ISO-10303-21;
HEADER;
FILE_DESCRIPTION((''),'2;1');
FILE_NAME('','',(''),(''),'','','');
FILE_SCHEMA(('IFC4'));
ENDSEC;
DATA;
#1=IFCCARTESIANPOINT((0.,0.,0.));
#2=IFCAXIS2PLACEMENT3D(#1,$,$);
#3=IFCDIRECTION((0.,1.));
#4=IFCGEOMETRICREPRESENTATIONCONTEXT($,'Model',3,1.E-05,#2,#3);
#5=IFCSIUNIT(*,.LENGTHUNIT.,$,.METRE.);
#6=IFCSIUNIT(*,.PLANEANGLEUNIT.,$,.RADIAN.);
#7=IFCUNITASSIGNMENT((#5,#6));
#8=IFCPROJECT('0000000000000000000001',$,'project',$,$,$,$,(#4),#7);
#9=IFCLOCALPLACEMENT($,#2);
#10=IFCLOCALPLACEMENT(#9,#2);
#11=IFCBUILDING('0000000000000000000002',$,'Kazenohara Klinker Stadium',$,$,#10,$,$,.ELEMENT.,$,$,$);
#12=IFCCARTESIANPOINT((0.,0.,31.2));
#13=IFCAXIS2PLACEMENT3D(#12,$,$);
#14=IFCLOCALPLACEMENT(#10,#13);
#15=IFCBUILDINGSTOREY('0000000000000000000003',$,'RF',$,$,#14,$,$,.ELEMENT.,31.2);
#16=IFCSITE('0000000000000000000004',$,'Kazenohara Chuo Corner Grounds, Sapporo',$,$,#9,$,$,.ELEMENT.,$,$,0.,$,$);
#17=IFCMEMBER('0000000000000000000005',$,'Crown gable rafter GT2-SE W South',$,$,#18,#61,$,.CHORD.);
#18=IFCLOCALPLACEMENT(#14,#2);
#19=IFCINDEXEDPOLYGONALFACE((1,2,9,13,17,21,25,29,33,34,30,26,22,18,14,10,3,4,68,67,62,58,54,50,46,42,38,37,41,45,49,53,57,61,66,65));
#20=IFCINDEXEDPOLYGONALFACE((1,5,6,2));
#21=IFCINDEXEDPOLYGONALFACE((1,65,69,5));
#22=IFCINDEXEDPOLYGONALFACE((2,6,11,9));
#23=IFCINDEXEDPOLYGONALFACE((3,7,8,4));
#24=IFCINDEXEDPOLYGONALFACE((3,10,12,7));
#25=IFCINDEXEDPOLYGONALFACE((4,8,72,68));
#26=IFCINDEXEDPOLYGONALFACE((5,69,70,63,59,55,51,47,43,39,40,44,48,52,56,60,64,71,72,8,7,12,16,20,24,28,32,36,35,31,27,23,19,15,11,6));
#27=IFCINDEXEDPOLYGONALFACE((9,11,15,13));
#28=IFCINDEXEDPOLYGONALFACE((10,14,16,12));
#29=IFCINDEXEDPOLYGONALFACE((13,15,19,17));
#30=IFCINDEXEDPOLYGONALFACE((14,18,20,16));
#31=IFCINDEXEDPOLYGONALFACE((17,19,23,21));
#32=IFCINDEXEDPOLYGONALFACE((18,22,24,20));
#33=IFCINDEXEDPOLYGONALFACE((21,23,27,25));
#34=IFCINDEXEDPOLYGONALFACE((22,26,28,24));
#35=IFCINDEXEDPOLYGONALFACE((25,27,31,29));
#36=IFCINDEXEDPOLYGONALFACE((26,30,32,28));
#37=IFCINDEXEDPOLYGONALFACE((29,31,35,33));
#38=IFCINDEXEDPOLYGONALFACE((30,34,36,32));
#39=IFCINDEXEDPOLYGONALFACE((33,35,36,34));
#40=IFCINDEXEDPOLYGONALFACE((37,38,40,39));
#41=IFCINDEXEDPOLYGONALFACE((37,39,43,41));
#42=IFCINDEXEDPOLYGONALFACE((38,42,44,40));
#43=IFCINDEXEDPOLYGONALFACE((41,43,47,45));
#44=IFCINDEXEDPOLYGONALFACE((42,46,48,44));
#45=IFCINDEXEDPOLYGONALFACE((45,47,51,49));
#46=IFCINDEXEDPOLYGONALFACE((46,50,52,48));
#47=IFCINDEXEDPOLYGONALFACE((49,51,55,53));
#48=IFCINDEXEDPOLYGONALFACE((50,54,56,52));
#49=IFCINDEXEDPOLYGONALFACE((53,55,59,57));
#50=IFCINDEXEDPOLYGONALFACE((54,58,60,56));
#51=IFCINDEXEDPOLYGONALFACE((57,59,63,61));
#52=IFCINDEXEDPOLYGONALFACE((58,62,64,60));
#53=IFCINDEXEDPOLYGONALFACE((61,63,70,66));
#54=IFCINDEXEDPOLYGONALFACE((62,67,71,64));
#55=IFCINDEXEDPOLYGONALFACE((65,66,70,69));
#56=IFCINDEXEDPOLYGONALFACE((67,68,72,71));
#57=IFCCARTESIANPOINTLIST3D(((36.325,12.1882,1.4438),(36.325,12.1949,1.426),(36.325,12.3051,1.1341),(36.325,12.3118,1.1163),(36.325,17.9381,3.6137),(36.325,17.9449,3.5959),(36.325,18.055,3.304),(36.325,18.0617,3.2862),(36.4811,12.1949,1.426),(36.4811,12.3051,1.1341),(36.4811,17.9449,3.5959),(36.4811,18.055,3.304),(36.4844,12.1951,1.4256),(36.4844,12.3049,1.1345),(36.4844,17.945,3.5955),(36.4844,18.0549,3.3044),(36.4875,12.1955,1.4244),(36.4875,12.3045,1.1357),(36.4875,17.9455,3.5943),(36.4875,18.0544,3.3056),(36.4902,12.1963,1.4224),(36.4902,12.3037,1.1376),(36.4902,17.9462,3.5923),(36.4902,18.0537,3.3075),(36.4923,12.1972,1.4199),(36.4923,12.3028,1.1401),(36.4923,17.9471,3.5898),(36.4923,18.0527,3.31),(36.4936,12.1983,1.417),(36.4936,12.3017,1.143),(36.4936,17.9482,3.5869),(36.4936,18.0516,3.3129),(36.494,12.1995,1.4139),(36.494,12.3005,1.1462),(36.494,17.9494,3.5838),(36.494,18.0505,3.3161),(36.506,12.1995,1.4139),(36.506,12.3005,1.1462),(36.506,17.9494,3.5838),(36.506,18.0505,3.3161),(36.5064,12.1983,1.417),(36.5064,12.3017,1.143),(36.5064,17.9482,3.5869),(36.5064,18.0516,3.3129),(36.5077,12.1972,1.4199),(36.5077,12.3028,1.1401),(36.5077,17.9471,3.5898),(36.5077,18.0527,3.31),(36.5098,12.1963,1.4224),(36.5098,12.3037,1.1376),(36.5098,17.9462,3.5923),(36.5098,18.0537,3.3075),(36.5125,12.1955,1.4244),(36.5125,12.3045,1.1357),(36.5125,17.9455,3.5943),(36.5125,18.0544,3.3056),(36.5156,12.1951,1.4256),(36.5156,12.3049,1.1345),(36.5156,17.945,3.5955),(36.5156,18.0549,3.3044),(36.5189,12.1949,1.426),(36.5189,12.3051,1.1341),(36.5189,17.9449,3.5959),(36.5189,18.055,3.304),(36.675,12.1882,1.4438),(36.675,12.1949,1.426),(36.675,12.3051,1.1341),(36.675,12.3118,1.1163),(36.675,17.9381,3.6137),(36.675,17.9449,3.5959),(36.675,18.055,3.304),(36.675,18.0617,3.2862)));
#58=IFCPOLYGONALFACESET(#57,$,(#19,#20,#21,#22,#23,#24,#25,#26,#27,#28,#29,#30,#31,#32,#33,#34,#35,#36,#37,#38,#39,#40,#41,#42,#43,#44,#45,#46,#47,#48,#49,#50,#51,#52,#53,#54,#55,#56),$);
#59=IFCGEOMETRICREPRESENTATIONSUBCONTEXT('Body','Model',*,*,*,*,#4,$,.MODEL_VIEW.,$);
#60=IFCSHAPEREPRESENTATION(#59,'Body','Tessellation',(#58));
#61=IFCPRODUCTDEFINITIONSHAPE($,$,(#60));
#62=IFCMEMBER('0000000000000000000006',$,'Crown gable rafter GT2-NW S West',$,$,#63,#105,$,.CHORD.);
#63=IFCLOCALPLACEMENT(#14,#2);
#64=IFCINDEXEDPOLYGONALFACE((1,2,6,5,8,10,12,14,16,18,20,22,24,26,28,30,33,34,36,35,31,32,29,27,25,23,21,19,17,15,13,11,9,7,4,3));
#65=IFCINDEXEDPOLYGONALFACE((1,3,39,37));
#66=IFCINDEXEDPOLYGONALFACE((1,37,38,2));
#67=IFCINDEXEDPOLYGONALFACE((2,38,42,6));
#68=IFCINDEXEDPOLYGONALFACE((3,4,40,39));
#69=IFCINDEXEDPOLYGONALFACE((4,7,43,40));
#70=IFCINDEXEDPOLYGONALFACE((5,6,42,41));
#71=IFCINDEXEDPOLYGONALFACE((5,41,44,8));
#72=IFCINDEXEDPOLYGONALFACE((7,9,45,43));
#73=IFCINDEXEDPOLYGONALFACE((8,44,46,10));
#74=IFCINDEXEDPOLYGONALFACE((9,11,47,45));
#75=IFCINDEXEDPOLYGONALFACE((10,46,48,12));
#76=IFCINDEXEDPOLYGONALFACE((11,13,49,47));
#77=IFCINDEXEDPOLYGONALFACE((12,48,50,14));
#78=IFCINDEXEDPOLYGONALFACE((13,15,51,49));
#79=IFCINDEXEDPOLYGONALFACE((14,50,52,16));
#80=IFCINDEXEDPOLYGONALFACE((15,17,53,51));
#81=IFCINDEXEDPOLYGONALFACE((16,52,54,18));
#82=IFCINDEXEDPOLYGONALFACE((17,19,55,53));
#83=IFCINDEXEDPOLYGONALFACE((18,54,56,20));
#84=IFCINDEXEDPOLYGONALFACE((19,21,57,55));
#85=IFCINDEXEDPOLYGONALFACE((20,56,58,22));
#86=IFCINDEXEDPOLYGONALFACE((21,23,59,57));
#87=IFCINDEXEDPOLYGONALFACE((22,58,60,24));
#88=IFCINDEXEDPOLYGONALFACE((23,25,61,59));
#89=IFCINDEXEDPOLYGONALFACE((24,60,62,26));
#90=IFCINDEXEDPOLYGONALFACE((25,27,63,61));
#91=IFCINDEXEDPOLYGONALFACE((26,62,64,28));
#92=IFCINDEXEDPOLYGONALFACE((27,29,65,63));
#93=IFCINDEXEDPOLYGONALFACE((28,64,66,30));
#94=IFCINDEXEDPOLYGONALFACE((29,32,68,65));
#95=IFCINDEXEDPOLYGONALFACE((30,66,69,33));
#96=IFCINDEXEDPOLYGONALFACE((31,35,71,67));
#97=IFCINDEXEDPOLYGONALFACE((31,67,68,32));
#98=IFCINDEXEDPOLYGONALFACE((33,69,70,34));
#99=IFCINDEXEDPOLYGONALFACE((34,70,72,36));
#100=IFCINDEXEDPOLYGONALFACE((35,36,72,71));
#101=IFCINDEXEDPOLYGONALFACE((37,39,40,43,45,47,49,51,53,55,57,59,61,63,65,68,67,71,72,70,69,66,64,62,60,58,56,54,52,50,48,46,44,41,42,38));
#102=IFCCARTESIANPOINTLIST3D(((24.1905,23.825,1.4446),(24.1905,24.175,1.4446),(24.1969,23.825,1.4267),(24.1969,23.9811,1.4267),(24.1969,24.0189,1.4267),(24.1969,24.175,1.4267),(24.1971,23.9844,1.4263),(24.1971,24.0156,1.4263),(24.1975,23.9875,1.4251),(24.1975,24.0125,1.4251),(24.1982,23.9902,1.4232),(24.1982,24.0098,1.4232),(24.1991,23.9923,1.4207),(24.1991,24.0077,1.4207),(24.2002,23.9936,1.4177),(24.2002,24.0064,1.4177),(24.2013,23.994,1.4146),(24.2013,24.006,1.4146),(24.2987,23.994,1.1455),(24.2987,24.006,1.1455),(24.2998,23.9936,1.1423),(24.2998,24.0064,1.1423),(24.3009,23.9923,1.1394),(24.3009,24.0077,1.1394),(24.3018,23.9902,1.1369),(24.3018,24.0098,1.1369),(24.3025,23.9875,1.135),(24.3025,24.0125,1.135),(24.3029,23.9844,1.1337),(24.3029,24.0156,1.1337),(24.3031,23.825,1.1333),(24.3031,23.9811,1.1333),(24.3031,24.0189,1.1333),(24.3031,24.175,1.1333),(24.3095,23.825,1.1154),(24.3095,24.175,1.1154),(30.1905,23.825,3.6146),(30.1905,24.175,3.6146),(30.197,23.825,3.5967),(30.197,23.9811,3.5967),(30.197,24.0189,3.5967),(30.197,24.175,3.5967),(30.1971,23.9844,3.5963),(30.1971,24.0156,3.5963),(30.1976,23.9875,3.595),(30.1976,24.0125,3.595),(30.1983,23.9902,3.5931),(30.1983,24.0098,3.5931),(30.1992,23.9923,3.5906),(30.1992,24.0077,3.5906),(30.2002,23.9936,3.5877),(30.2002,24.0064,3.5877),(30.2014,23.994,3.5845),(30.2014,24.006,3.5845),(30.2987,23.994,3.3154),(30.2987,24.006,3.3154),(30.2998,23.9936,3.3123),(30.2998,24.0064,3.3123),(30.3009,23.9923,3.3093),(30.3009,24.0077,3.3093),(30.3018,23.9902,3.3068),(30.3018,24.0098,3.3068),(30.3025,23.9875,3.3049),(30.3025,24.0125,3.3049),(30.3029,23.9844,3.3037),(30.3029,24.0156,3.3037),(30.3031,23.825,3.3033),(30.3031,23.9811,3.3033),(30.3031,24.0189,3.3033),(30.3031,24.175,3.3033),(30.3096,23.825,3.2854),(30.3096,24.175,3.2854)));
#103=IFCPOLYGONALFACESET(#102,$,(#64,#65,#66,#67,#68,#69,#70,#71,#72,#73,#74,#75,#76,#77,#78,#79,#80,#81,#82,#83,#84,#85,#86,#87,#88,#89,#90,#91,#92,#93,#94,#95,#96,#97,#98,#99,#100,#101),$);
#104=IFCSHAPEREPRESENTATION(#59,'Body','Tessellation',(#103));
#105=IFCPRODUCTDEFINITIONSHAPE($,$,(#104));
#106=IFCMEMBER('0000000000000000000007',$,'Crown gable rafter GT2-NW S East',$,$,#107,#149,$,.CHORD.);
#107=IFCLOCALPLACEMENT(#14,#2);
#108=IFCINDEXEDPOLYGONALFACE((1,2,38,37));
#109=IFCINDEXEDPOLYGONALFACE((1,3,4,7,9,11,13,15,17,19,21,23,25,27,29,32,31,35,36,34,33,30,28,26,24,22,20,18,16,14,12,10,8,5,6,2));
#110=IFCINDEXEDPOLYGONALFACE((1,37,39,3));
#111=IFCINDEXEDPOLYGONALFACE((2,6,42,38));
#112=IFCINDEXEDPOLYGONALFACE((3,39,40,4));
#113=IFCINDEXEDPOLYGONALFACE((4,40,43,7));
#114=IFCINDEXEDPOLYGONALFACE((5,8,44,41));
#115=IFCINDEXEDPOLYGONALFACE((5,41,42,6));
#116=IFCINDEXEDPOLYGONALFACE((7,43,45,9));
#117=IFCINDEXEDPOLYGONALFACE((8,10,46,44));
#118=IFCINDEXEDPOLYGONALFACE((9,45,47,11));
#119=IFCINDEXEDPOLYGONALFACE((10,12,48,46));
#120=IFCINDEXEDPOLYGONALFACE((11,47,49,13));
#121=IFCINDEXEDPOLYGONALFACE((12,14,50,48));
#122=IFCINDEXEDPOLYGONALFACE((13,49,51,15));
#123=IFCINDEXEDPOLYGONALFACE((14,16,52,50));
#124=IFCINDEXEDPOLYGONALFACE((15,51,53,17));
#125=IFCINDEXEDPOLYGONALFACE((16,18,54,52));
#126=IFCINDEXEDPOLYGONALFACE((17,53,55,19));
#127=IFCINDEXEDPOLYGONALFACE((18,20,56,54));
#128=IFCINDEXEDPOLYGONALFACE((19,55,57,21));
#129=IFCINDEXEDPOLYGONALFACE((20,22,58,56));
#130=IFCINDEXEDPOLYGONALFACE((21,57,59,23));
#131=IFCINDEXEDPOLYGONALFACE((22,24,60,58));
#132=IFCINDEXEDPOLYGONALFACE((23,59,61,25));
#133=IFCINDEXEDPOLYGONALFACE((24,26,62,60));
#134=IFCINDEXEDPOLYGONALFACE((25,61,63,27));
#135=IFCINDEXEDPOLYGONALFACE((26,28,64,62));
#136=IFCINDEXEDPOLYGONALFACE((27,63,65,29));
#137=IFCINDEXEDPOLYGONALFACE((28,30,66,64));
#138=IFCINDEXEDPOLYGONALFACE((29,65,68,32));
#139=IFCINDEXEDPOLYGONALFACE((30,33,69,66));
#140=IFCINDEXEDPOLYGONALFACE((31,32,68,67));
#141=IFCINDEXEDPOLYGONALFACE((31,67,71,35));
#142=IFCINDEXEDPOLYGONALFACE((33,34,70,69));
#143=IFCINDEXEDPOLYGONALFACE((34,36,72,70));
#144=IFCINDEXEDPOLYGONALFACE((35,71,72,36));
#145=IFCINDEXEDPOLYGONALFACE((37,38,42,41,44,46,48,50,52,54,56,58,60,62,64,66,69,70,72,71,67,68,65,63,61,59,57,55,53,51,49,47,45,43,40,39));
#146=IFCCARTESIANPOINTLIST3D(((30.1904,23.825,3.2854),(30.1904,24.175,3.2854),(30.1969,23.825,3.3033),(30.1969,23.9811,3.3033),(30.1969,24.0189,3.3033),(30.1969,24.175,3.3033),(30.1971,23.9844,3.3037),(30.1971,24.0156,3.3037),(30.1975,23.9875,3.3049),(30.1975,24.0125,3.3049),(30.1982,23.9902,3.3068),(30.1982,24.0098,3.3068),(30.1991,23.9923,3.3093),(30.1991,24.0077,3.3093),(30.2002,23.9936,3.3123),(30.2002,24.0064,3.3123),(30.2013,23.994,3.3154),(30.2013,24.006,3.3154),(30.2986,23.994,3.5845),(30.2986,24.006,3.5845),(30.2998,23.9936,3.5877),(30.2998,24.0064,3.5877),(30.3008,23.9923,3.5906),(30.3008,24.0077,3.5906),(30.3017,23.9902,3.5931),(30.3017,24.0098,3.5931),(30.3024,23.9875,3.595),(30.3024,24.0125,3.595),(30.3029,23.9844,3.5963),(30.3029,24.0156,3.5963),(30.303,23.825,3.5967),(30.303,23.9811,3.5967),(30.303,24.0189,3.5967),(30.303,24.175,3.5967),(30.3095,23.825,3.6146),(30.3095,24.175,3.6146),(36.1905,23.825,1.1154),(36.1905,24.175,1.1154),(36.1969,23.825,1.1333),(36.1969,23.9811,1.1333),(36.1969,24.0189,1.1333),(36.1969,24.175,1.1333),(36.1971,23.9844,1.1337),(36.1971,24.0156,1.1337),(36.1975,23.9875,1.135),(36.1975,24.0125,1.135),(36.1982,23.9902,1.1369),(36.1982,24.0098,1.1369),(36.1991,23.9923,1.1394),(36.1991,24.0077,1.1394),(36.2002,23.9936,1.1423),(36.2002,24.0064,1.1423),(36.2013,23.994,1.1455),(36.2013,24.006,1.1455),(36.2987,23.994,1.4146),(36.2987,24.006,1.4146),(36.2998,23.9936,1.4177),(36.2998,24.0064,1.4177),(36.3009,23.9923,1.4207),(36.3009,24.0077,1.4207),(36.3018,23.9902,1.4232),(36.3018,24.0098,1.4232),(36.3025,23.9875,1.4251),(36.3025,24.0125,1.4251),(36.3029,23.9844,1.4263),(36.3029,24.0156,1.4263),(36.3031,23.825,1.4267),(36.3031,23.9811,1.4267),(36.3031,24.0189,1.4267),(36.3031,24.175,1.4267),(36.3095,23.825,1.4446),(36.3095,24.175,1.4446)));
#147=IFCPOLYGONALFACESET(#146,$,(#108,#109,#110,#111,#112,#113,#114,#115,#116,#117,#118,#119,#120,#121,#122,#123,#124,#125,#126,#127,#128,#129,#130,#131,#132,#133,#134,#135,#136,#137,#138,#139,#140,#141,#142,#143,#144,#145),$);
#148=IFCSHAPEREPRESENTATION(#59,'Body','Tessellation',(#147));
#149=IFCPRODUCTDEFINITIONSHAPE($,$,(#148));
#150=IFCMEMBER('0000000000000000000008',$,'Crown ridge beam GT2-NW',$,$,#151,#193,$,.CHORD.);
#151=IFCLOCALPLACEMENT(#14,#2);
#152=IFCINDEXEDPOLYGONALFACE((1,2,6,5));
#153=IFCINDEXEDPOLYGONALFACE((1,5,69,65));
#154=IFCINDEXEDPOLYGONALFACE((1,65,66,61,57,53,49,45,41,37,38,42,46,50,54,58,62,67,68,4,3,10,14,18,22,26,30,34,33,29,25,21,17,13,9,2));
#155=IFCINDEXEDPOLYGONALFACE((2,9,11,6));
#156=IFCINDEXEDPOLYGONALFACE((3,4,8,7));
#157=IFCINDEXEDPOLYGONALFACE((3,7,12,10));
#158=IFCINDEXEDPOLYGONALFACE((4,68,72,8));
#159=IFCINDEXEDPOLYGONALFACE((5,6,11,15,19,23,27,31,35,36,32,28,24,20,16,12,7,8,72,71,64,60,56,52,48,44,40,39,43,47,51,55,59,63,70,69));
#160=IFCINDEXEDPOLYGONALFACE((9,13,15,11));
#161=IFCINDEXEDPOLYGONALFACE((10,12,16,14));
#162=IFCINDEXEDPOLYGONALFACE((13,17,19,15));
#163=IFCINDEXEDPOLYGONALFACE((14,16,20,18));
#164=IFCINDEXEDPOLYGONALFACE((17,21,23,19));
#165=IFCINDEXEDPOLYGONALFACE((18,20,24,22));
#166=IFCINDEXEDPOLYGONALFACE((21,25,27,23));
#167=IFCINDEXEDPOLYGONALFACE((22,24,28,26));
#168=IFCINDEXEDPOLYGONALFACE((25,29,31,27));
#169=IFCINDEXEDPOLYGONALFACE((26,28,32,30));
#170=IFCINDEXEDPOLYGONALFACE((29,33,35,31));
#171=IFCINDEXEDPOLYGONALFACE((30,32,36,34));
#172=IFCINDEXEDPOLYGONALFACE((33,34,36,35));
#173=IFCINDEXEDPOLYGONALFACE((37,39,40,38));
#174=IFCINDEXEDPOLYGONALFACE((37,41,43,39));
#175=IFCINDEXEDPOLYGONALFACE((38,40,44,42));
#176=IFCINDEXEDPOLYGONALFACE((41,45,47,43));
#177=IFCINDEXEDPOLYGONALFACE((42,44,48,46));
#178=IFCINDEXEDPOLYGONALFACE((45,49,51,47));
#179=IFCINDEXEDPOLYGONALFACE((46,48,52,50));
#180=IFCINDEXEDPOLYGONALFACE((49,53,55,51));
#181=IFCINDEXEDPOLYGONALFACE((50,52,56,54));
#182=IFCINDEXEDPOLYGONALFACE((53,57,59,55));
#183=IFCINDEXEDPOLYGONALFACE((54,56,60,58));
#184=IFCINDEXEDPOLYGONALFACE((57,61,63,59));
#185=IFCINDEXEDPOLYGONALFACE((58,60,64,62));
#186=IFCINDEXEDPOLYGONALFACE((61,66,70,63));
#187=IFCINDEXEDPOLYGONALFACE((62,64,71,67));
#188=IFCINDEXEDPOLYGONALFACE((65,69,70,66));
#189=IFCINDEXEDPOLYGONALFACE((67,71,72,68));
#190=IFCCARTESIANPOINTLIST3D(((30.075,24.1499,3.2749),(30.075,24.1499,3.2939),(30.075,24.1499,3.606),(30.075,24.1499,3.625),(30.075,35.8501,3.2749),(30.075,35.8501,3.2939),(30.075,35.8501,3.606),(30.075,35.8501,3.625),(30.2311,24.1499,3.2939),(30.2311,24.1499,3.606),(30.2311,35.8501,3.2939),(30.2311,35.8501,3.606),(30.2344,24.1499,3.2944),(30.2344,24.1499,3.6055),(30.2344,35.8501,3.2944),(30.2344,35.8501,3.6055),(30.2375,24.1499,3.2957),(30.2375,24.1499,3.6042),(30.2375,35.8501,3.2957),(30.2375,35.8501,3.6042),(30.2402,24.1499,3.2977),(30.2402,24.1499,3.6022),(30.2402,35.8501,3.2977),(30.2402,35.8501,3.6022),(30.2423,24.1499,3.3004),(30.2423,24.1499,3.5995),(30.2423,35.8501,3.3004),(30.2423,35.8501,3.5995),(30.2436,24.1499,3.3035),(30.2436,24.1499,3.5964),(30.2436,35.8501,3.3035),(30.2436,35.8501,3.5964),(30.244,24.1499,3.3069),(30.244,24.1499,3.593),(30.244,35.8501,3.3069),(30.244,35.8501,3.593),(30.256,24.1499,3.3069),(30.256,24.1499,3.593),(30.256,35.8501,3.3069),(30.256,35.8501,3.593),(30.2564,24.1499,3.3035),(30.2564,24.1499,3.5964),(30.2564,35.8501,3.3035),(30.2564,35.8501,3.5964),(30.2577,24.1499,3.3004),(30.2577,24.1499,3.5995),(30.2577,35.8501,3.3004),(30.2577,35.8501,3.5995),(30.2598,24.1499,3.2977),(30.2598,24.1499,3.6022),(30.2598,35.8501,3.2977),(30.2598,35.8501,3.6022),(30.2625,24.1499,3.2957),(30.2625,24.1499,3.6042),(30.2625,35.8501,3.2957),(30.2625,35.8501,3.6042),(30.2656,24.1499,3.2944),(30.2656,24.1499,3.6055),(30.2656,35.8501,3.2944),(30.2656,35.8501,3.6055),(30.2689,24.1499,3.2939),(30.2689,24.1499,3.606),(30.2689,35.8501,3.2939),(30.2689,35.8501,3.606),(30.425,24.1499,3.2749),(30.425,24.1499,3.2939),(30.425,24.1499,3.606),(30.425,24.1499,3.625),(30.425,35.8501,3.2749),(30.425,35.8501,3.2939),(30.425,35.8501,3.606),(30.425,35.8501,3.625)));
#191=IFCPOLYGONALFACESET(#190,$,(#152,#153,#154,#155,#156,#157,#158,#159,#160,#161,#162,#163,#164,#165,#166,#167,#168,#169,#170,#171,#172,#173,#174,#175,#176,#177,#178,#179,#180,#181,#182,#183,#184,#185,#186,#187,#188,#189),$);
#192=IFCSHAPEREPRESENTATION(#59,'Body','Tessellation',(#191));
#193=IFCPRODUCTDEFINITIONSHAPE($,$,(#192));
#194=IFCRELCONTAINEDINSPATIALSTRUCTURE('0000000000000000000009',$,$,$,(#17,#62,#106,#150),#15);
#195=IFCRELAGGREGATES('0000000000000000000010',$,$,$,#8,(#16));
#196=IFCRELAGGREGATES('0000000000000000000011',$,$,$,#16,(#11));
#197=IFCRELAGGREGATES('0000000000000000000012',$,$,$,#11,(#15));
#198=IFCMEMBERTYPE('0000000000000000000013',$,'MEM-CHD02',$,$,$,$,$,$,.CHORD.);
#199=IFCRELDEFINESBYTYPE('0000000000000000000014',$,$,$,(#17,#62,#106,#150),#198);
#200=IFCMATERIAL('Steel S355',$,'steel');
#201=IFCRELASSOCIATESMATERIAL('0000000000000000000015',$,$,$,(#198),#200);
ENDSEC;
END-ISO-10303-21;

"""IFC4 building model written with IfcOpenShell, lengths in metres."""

from ifc_helpers import new_model, si_unit, direction, frame, origin, origin_2d, place, context, subcontext, project, spatial, i_section, extrude, material, material_profile, profile_set, type_object, element, save


model = new_model("IFC4")

# Units and contexts
model_context = context("Model", 3, precision=1e-05, world=origin(), true_north=direction((0.0, 1.0)))
body_context = subcontext(model_context, "Body", "Model", "MODEL_VIEW")
ifc_project = project(units=[si_unit("LENGTHUNIT", "METRE"), si_unit("PLANEANGLEUNIT", "RADIAN")], contexts=[model_context])

# Site, building, storey
site_placement = place(None, origin())
site = spatial("IfcSite", under=ifc_project, at=site_placement, Name="Kazenohara Chuo Corner Grounds, Sapporo", CompositionType="ELEMENT", RefElevation=0.0)
building_placement = place(site_placement, origin())
building = spatial("IfcBuilding", under=site, at=building_placement, Name="Kazenohara Klinker Stadium", CompositionType="ELEMENT")
storey_placement = place(building_placement, frame((0.0, 0.0, 31.2)))
storey = spatial("IfcBuildingStorey", under=building, at=storey_placement, Name="RF", CompositionType="ELEMENT", Elevation=31.2)

# Members
ifc_material_1 = material(Name="Steel S355", Category="steel")
ifc_material_profile_1 = material_profile(ifc_material_1, i_section(OverallWidth=0.3501, OverallDepth=0.3501, WebThickness=0.012, FlangeThickness=0.019, FilletRadius=0.0129, at=origin_2d()), Name="H-350x350x12x19")
ifc_profile_set_1 = profile_set([ifc_material_profile_1], Name="Steel S355")
member_type_1 = type_object("IfcMemberType", Name="MEM-CHD02", PredefinedType="CHORD", material=ifc_profile_set_1)
member_1_placement = place(storey_placement, frame((36.5, 12.25, 1.28), z_axis=(0.0, 0.935596, 0.353073), x_axis=(-1.0, 0.0, 0.0)))
element("IfcMember", 1, at=member_1_placement, inside=storey, type_object=member_type_1, Name="Crown gable rafter GT2-SE W South", PredefinedType="CHORD", context=body_context, shape_type="SweptSolid", body=[
    extrude(i_section(OverallWidth=0.3501, OverallDepth=0.3501, WebThickness=0.012, FlangeThickness=0.019, FilletRadius=0.0129, at=origin_2d()), origin(), (0.0, 0.0, 1.0), 6.1458),
])
for number, where, z_axis, x_axis, name in (
    (2, (24.25, 24.0, 1.28), (0.940391, 0.0, 0.340096), (0.0, 1.0, 0.0), "Crown gable rafter GT2-NW S West"),
    (3, (36.25, 24.0, 1.28), (-0.940391, 0.0, 0.340096), (0.0, -1.0, 0.0), "Crown gable rafter GT2-NW S East"),
):
    element("IfcMember", number, at=place(storey_placement, frame(where, z_axis=z_axis, x_axis=x_axis)), inside=storey, type_object=member_type_1, Name=name, PredefinedType="CHORD", context=body_context, shape_type="SweptSolid", body=[
        extrude(i_section(OverallWidth=0.3501, OverallDepth=0.3501, WebThickness=0.012, FlangeThickness=0.019, FilletRadius=0.0129, at=origin_2d()), origin(), (0.0, 0.0, 1.0), 6.3804),
    ])
member_2_placement = place(storey_placement, frame((30.25, 24.1499, 3.45), z_axis=(0.0, 1.0, 0.0), x_axis=(-1.0, 0.0, 0.0)))
element("IfcMember", 4, at=member_2_placement, inside=storey, type_object=member_type_1, Name="Crown ridge beam GT2-NW", PredefinedType="CHORD", context=body_context, shape_type="SweptSolid", body=[
    extrude(i_section(OverallWidth=0.3501, OverallDepth=0.3501, WebThickness=0.012, FlangeThickness=0.019, FilletRadius=0.0129, at=origin_2d()), origin(), (0.0, 0.0, 1.0), 11.7002),
])

save(model, "model.ifc")
